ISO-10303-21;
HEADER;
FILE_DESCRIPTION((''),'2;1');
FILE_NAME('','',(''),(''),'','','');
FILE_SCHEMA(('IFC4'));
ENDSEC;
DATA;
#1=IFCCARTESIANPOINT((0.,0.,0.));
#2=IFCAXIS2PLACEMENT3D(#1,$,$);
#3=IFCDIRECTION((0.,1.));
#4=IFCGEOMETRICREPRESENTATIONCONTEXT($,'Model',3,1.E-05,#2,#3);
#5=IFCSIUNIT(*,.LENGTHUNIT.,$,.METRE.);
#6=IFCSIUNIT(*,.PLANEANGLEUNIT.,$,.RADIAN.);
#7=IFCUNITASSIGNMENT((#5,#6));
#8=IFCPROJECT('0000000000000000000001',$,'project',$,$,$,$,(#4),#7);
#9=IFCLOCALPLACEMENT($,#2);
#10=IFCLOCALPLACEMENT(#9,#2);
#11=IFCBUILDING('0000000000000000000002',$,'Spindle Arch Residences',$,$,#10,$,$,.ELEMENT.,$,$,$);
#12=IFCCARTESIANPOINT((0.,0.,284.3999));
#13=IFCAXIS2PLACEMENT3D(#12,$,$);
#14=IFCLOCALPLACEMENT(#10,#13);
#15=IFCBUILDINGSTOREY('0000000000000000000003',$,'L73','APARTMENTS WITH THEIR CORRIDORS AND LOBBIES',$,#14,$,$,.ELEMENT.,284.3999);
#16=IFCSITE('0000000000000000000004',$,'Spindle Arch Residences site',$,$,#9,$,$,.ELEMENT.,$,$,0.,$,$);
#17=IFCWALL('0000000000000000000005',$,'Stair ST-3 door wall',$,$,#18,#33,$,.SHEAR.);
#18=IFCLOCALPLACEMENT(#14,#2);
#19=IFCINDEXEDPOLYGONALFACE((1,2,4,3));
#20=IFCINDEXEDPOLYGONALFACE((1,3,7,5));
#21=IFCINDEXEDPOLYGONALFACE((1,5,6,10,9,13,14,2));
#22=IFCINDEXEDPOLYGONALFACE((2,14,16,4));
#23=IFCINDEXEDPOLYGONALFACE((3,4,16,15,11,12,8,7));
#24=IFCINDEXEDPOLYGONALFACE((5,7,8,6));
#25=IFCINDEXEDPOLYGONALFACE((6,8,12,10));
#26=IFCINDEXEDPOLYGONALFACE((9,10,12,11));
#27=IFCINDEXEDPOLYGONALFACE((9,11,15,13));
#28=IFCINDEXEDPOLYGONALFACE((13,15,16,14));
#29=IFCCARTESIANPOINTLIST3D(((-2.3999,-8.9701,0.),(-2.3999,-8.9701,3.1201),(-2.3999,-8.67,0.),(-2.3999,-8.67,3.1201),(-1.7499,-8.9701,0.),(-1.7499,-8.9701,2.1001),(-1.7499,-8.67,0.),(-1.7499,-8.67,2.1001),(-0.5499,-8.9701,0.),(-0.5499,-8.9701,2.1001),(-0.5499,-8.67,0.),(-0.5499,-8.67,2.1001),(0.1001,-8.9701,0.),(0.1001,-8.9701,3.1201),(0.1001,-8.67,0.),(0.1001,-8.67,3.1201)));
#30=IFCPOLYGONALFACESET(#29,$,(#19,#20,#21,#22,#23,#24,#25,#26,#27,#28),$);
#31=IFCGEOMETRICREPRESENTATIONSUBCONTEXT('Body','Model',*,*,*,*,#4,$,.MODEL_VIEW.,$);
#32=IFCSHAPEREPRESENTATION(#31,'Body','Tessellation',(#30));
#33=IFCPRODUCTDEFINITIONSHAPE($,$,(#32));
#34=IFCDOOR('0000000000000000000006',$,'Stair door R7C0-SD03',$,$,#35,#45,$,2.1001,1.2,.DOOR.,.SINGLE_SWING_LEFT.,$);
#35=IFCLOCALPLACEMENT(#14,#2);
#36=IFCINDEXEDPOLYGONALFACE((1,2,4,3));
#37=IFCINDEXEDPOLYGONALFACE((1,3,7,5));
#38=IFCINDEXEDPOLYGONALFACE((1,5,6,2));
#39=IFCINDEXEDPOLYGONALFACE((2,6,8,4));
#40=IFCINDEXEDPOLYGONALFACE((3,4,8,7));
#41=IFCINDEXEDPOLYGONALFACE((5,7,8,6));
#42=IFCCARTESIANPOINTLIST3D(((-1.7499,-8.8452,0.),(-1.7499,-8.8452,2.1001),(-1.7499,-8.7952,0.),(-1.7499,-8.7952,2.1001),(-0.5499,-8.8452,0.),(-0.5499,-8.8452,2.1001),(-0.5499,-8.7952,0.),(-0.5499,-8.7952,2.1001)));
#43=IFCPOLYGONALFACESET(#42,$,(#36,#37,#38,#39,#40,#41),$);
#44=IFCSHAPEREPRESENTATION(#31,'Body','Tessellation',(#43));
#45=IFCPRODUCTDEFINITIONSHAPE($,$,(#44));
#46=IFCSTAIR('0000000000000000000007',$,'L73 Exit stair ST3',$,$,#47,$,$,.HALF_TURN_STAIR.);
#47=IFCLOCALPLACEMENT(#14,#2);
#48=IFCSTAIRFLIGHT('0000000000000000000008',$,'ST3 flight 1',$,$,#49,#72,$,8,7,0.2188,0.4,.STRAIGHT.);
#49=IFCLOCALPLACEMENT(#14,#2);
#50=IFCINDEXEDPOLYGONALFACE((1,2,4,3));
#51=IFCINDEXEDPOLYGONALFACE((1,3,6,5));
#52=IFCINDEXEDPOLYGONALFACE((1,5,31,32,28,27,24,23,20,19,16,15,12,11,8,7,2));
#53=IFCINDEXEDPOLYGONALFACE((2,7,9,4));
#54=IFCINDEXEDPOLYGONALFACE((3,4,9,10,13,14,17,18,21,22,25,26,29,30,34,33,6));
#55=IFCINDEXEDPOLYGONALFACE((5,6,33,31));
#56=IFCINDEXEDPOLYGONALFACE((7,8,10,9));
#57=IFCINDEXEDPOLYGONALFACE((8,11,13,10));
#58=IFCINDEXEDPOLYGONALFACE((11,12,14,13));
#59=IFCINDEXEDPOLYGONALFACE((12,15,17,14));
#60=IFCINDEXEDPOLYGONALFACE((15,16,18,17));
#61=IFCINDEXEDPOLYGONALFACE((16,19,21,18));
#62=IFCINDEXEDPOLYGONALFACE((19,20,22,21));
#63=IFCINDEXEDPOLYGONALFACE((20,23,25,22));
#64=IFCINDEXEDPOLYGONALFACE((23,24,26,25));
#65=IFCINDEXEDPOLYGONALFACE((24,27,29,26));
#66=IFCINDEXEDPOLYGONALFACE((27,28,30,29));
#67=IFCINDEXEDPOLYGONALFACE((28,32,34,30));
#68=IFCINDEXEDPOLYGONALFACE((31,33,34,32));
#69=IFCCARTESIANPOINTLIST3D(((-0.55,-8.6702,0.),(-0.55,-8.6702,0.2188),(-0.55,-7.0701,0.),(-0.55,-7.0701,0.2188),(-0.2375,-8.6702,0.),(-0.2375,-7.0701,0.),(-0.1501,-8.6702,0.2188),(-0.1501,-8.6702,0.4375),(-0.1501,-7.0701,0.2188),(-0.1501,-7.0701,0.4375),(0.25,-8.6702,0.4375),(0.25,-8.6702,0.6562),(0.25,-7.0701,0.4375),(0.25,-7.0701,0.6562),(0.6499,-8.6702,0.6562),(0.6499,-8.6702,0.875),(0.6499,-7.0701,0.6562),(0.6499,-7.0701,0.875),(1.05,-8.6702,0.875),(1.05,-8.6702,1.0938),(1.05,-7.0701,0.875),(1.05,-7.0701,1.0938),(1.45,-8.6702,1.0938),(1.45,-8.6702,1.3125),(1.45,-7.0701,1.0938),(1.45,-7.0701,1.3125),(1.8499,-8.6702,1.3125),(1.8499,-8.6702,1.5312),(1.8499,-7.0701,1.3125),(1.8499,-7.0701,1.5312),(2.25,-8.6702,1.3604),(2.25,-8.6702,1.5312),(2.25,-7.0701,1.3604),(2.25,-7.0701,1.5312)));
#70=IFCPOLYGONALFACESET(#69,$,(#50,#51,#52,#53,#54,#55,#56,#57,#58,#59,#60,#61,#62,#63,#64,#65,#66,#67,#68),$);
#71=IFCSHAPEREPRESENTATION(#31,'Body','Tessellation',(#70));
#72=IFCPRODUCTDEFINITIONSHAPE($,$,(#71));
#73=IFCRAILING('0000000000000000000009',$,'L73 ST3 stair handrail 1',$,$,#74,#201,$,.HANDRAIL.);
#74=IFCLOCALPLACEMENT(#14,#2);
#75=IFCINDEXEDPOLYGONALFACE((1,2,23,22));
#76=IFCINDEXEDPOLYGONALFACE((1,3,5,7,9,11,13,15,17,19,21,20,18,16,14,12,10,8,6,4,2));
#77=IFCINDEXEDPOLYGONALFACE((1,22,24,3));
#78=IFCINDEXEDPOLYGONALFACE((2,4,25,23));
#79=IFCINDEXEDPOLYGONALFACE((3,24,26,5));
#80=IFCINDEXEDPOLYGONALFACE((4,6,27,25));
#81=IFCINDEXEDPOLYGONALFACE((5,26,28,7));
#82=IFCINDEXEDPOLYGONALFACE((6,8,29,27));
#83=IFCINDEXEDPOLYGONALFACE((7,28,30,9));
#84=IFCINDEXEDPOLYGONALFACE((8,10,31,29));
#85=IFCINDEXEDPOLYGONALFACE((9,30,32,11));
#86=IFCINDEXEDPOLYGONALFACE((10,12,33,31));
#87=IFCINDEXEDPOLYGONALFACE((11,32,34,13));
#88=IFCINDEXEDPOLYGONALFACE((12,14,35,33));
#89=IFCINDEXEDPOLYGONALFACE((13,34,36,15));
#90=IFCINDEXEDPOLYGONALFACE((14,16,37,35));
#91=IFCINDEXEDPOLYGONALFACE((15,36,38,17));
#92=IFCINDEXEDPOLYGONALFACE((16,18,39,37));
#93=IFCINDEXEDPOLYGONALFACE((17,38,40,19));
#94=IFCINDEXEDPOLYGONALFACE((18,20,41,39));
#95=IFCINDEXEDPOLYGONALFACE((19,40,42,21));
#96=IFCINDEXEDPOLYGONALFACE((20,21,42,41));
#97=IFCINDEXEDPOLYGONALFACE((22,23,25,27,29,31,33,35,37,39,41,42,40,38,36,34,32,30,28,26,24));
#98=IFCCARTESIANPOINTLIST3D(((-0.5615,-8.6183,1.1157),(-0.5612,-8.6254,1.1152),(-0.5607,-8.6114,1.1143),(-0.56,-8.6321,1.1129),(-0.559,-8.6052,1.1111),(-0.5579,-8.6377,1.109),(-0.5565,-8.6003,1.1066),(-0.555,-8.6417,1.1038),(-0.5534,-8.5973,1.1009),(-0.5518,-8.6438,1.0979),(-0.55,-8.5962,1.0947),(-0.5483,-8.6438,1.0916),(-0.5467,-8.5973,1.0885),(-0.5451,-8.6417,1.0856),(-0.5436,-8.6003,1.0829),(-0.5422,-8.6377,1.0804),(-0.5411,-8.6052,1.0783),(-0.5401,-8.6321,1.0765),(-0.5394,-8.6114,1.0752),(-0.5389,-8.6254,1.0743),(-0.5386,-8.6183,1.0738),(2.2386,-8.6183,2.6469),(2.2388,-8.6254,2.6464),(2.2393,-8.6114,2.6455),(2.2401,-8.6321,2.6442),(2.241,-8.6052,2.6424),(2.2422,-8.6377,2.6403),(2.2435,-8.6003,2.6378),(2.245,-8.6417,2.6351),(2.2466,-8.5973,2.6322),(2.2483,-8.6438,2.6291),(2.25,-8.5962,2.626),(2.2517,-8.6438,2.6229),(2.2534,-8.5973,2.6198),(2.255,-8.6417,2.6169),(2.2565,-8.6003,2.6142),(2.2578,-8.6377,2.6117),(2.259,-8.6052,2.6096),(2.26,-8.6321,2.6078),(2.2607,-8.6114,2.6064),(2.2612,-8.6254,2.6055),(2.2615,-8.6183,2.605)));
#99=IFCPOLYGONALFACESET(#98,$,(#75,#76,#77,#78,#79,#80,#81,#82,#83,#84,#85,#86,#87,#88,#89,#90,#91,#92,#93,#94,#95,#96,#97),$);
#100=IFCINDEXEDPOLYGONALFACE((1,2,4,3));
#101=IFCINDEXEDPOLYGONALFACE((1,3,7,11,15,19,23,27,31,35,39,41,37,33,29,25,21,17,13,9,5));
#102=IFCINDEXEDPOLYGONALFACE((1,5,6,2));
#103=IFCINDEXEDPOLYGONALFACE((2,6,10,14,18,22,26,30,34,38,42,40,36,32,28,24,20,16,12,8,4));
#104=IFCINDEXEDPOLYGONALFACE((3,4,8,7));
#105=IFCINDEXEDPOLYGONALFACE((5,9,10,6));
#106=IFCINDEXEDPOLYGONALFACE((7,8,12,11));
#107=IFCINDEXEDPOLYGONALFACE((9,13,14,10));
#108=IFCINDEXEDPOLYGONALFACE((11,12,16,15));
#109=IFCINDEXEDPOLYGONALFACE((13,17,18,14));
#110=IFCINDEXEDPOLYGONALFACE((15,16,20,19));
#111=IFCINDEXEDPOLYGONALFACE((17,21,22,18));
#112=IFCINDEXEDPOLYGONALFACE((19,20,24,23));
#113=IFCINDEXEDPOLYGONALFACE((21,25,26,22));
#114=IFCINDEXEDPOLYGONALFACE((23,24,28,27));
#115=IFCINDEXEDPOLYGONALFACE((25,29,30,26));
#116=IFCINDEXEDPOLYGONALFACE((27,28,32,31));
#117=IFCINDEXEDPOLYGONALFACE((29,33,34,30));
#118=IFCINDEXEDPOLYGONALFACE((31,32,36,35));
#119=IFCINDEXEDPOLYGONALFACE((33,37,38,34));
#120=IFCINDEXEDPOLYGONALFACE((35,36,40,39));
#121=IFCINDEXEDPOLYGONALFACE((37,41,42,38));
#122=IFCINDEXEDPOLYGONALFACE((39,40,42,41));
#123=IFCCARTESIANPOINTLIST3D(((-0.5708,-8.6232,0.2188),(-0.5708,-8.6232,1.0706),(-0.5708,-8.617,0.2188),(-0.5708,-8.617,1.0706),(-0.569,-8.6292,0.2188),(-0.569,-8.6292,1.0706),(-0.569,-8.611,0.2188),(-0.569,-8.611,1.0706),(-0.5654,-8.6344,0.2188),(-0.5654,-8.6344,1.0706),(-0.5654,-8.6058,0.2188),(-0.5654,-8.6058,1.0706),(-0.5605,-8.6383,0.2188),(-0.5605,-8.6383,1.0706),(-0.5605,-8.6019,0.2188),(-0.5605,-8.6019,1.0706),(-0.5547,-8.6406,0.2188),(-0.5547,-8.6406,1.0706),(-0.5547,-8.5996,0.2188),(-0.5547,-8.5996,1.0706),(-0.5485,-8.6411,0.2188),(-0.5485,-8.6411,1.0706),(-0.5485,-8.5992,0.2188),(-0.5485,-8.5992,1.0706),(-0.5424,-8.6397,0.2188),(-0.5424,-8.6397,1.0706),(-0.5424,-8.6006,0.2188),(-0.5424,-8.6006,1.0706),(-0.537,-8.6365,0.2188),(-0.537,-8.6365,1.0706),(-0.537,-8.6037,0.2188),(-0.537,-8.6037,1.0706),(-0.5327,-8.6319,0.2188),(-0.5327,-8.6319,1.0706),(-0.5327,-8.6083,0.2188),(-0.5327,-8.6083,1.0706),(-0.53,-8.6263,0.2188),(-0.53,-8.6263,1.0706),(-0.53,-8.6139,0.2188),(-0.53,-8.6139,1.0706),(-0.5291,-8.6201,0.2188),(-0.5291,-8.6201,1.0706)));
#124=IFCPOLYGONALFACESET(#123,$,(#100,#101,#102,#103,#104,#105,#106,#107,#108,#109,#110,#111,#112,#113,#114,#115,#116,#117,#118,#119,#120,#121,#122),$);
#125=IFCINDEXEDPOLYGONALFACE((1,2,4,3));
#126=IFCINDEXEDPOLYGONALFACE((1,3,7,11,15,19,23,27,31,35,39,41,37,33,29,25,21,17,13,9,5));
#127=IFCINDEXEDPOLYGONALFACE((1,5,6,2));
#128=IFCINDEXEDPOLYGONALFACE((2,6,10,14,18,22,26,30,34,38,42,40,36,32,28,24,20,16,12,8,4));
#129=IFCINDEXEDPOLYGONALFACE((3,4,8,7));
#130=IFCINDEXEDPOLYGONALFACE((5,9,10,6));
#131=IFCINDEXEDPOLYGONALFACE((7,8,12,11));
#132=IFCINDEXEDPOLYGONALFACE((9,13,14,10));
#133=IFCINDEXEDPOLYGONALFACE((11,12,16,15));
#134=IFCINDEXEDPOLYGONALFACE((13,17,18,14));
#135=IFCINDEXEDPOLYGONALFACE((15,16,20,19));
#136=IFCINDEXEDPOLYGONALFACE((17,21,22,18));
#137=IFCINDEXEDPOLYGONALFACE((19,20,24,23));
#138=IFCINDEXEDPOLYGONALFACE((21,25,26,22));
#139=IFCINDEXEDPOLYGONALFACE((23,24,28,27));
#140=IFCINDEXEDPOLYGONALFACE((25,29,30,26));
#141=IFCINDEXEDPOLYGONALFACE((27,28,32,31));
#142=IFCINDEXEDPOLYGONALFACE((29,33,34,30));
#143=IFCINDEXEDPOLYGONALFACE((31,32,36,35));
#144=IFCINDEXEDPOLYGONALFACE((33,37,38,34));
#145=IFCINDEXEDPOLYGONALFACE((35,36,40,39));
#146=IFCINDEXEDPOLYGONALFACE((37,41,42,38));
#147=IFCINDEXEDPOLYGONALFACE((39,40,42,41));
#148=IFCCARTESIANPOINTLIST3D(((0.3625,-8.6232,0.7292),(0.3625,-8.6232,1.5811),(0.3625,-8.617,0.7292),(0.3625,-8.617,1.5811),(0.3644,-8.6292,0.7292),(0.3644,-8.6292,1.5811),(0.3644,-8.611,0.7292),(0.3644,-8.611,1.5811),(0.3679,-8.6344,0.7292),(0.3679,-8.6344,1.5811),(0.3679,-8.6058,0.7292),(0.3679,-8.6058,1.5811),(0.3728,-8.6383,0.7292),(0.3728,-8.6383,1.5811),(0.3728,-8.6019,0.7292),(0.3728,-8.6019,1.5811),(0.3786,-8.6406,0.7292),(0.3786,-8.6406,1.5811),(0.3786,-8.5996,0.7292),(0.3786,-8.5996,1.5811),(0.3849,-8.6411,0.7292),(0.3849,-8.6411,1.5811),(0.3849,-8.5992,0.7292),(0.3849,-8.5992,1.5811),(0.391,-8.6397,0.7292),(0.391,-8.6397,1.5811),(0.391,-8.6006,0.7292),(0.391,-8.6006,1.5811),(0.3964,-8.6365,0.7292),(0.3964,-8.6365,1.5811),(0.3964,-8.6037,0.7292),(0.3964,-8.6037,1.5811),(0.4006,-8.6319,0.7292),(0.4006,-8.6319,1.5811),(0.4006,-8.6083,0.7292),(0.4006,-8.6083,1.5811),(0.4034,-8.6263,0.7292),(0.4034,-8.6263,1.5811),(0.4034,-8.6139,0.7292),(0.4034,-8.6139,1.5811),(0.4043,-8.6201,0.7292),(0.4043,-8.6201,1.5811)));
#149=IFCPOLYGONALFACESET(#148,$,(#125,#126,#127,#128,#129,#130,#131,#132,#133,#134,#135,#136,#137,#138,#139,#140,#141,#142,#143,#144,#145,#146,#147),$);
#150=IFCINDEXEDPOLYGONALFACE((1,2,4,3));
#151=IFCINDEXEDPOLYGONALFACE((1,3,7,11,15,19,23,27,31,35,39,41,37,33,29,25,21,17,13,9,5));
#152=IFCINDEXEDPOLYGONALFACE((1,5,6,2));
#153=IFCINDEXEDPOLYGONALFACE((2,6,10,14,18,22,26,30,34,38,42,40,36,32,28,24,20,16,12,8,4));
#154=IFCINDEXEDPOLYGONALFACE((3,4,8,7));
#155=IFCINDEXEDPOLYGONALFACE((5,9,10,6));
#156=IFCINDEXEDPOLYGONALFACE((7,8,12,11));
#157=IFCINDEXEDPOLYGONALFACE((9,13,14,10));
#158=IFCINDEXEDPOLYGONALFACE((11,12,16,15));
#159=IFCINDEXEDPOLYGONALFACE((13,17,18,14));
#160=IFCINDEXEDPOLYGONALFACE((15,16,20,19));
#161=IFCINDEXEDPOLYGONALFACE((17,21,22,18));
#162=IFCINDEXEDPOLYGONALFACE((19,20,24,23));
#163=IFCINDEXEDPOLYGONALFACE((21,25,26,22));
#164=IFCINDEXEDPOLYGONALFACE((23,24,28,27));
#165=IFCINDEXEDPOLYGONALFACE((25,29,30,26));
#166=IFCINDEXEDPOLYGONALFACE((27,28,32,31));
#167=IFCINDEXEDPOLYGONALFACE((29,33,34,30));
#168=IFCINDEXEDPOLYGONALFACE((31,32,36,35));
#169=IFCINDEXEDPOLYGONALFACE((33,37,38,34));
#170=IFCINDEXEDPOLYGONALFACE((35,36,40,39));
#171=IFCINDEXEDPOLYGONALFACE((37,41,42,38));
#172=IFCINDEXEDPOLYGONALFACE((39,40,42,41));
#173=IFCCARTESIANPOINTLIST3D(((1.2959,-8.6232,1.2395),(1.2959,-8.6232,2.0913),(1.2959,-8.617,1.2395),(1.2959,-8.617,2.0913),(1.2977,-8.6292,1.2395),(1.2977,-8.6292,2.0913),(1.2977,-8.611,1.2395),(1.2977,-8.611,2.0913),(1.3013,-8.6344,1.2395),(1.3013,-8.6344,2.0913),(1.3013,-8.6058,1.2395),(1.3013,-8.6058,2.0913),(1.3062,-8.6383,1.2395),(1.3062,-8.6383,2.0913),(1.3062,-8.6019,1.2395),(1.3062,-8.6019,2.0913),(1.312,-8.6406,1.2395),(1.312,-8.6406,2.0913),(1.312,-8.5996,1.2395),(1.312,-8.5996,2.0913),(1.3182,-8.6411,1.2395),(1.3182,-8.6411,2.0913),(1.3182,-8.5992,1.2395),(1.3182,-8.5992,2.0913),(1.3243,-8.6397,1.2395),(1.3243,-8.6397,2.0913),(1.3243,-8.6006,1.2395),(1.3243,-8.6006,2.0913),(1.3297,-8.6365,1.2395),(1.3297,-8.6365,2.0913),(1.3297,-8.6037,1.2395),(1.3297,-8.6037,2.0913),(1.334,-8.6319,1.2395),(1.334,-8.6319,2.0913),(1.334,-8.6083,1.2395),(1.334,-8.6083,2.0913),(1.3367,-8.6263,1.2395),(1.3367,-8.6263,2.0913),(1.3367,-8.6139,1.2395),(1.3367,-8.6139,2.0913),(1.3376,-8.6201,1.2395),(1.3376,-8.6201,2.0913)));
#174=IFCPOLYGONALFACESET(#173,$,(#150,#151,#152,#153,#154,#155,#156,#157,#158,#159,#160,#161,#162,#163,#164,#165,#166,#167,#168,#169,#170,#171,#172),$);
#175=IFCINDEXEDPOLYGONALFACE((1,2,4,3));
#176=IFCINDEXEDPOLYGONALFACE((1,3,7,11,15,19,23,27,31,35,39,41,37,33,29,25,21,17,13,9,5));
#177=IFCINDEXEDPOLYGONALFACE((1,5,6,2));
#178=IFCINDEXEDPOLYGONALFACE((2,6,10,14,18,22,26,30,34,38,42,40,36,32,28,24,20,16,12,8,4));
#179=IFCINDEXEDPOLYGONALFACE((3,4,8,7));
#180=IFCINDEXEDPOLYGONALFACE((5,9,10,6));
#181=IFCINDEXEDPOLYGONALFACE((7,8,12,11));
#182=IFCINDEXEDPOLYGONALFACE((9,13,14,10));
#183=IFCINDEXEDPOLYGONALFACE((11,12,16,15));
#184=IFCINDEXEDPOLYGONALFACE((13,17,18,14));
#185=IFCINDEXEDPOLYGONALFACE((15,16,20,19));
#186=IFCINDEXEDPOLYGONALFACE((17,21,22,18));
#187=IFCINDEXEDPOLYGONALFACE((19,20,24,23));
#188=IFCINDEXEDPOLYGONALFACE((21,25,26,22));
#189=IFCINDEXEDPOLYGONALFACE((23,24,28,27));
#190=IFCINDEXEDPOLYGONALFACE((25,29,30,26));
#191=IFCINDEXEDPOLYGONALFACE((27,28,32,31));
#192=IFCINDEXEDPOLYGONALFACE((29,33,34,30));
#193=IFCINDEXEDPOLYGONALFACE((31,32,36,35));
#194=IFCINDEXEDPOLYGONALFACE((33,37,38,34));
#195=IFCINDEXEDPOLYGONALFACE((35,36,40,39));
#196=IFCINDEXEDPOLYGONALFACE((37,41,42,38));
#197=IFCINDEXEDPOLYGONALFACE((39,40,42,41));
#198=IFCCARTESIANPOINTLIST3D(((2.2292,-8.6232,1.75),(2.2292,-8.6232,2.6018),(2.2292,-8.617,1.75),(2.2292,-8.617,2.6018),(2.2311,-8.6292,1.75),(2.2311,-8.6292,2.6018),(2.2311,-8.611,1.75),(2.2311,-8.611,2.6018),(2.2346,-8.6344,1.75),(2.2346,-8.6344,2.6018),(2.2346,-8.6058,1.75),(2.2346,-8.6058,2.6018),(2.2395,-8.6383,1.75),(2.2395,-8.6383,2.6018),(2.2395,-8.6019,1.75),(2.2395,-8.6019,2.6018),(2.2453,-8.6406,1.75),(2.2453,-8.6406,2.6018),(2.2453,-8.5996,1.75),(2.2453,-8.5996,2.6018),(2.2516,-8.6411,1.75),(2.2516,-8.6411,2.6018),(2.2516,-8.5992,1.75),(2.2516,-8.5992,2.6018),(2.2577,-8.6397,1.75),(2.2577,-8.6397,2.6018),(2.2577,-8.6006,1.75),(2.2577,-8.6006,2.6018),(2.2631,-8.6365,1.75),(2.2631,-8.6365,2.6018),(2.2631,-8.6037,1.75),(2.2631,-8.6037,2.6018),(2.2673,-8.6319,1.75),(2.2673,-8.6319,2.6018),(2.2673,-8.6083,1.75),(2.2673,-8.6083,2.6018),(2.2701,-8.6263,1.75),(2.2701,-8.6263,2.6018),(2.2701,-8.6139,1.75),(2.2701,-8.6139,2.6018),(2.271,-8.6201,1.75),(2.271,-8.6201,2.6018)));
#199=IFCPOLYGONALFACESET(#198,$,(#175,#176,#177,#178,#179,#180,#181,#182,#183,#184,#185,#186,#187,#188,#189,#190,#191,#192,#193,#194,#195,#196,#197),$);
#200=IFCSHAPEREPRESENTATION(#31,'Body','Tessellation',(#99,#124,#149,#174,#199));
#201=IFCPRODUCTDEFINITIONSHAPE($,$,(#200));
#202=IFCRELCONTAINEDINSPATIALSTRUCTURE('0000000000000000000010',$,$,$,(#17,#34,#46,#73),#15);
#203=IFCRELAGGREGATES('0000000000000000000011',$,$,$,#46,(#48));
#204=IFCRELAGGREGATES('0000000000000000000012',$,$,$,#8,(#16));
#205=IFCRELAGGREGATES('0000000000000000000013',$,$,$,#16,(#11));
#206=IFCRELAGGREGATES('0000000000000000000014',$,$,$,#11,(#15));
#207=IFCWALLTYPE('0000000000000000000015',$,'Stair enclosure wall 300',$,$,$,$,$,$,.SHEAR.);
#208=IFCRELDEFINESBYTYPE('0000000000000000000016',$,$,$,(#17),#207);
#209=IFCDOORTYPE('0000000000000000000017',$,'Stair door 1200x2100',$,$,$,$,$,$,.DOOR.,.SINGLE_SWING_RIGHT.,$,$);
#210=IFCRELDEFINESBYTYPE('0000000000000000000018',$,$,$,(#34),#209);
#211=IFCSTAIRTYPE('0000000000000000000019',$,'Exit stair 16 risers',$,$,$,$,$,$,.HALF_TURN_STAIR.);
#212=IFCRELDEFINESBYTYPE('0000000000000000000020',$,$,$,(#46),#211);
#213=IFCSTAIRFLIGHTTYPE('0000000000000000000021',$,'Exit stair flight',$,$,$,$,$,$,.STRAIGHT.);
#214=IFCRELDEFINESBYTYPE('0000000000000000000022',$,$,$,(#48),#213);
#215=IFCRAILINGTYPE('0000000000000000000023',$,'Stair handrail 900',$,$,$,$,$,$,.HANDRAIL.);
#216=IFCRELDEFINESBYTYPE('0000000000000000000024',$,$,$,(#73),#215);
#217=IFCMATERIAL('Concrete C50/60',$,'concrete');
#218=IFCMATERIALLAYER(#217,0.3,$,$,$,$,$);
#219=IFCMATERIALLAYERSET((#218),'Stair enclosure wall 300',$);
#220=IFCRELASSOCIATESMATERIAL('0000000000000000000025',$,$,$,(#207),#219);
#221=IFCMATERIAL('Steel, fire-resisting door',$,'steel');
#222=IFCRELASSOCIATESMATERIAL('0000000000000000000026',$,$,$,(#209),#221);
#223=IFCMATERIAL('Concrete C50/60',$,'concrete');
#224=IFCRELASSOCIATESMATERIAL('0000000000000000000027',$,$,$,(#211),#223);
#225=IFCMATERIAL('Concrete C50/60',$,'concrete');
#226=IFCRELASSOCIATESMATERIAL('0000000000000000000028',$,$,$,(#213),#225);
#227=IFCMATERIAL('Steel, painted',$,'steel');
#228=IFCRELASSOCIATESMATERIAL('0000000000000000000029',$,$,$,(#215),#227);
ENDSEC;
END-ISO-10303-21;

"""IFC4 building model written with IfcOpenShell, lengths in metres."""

from ifc_helpers import new_model, si_unit, direction, frame, frame_2d, origin, origin_2d, place, context, subcontext, project, spatial, polyline, rectangle, circle, outline, extrude, material, layer, layer_set, type_object, element, fill, aggregate, save


model = new_model("IFC4")

# Units and contexts
model_context = context("Model", 3, precision=1e-05, world=origin(), true_north=direction((0.0, 1.0)))
body_context = subcontext(model_context, "Body", "Model", "MODEL_VIEW")
ifc_project = project(units=[si_unit("LENGTHUNIT", "METRE"), si_unit("PLANEANGLEUNIT", "RADIAN")], contexts=[model_context])

# Site, building, storey
site_placement = place(None, origin())
site = spatial("IfcSite", under=ifc_project, at=site_placement, Name="Spindle Arch Residences site", CompositionType="ELEMENT", RefElevation=0.0)
building_placement = place(site_placement, origin())
building = spatial("IfcBuilding", under=site, at=building_placement, Name="Spindle Arch Residences", CompositionType="ELEMENT")
storey_placement = place(building_placement, frame((0.0, 0.0, 284.3999)))
storey = spatial("IfcBuildingStorey", under=building, at=storey_placement, Name="L73", Description="APARTMENTS WITH THEIR CORRIDORS AND LOBBIES", CompositionType="ELEMENT", Elevation=284.3999)

# Shared definitions
ifc_material_1 = material(Name="Concrete C50/60", Category="concrete")
ifc_layer_1 = layer(ifc_material_1, 0.3)
ifc_layer_set_1 = layer_set([ifc_layer_1], Name="Stair enclosure wall 300")
wall_type_1 = type_object("IfcWallType", Name="Stair enclosure wall 300", PredefinedType="SHEAR", material=ifc_layer_set_1)

# Wall, opening, door
wall_1_placement = place(storey_placement, frame((-2.3999, -8.8201, 0.0), z_axis=(0.0, 0.0, 1.0), x_axis=(1.0, 0.0, 0.0)))
wall_1 = element("IfcWall", 1, at=wall_1_placement, inside=storey, type_object=wall_type_1, Name="Stair ST-3 door wall", PredefinedType="SHEAR", context=body_context, shape_type="SweptSolid", body=[
    extrude(rectangle(XDim=2.5, YDim=0.3, at=frame_2d((1.25, 0.0))), origin(), (0.0, 0.0, 1.0), 3.1201),
])
opening_1_placement = place(wall_1_placement, frame((0.6499, 0.0, 0.0)))
opening_1 = element("IfcOpeningElement", 2, at=opening_1_placement, cuts=wall_1, PredefinedType="OPENING", context=body_context, shape_type="SweptSolid", body=[
    extrude(rectangle(XDim=1.2, YDim=2.1001, at=frame_2d((0.6001, 1.05))), frame((0.0, 0.1602, 0.0), z_axis=(0.0, -1.0, 0.0), x_axis=(1.0, 0.0, 0.0)), (0.0, 0.0, 1.0), 0.3201),
])
ifc_material_2 = material(Name="Steel, fire-resisting door", Category="steel")
door_type_1 = type_object("IfcDoorType", Name="Stair door 1200x2100", OperationType="SINGLE_SWING_RIGHT", PredefinedType="DOOR", material=ifc_material_2)
door_1_placement = place(opening_1_placement, origin())
door_1 = element("IfcDoor", 3, at=door_1_placement, inside=storey, type_object=door_type_1, Name="Stair door R7C0-SD03", OperationType="SINGLE_SWING_LEFT", OverallHeight=2.1001, OverallWidth=1.2, PredefinedType="DOOR", context=body_context, shape_type="SweptSolid", body=[
    extrude(rectangle(XDim=1.2, YDim=2.1001, at=frame_2d((0.6001, 1.05))), frame((0.0, 0.0249, 0.0), z_axis=(0.0, -1.0, 0.0), x_axis=(1.0, 0.0, 0.0)), (0.0, 0.0, 1.0), 0.05),
])
fill(opening_1, door_1)

# Stair, stair flight
ifc_material_3 = material(Name="Concrete C50/60", Category="concrete")
stair_type = type_object("IfcStairType", Name="Exit stair 16 risers", PredefinedType="HALF_TURN_STAIR", material=ifc_material_3)
stair_placement = place(storey_placement, origin())
stair = element("IfcStair", 4, at=stair_placement, inside=storey, type_object=stair_type, Name="L73 Exit stair ST3", PredefinedType="HALF_TURN_STAIR")
ifc_material_4 = material(Name="Concrete C50/60", Category="concrete")
stair_flight_type = type_object("IfcStairFlightType", Name="Exit stair flight", PredefinedType="STRAIGHT", material=ifc_material_4)
stair_flight_placement = place(storey_placement, frame((-0.55, -7.8701, 0.0), z_axis=(0.0, 0.0, 1.0), x_axis=(1.0, 0.0, 0.0)))
stair_flight = element("IfcStairFlight", 5, at=stair_flight_placement, type_object=stair_flight_type, Name="ST3 flight 1", NumberOfRisers=8, NumberOfTreads=7, PredefinedType="STRAIGHT", RiserHeight=0.2188, TreadLength=0.4, context=body_context, shape_type="SweptSolid", body=[
    extrude(outline(polyline([(0.0, 0.0), (0.0, 0.2188), (0.3999, 0.2188), (0.3999, 0.4375), (0.8, 0.4375), (0.8, 0.6562), (1.2, 0.6562), (1.2, 0.875), (1.6001, 0.875), (1.6001, 1.0938), (2.0, 1.0938), (2.0, 1.3125), (2.3999, 1.3125), (2.3999, 1.5312), (2.8, 1.5312), (2.8, 1.75), (2.8, 1.3604), (0.3125, 0.0), (0.0, 0.0)])), frame((0.0, 0.8, 0.0), z_axis=(0.0, -1.0, 0.0), x_axis=(1.0, 0.0, 0.0)), (0.0, 0.0, 1.0), 1.6001),
])
aggregate(stair, [stair_flight])

# Railing
ifc_material_5 = material(Name="Steel, painted", Category="steel")
railing_type = type_object("IfcRailingType", Name="Stair handrail 900", PredefinedType="HANDRAIL", material=ifc_material_5)
railing_placement = place(storey_placement, frame((-0.55, -8.6201, 0.2188)))
element("IfcRailing", 6, at=railing_placement, inside=storey, type_object=railing_type, Name="L73 ST3 stair handrail 1", PredefinedType="HANDRAIL", context=body_context, shape_type="SweptSolid", body=[
    extrude(circle(Radius=0.0239, at=origin_2d()), frame((0.0, 0.0, 0.876), z_axis=(0.877375, 0.0, 0.479806), x_axis=(0.0, 1.0, 0.0)), (0.0, 0.0, 1.0), 3.1914),
    extrude(circle(Radius=0.021, at=origin_2d()), origin(), (0.0, 0.0, 1.0), 0.8518),
    extrude(circle(Radius=0.021, at=origin_2d()), frame((0.9333, 0.0, 0.5105)), (0.0, 0.0, 1.0), 0.8518),
    extrude(circle(Radius=0.021, at=origin_2d()), frame((1.8667, 0.0, 1.0208)), (0.0, 0.0, 1.0), 0.8518),
    extrude(circle(Radius=0.021, at=origin_2d()), frame((2.8, 0.0, 1.5312)), (0.0, 0.0, 1.0), 0.8518),
])

save(model, "model.ifc")
